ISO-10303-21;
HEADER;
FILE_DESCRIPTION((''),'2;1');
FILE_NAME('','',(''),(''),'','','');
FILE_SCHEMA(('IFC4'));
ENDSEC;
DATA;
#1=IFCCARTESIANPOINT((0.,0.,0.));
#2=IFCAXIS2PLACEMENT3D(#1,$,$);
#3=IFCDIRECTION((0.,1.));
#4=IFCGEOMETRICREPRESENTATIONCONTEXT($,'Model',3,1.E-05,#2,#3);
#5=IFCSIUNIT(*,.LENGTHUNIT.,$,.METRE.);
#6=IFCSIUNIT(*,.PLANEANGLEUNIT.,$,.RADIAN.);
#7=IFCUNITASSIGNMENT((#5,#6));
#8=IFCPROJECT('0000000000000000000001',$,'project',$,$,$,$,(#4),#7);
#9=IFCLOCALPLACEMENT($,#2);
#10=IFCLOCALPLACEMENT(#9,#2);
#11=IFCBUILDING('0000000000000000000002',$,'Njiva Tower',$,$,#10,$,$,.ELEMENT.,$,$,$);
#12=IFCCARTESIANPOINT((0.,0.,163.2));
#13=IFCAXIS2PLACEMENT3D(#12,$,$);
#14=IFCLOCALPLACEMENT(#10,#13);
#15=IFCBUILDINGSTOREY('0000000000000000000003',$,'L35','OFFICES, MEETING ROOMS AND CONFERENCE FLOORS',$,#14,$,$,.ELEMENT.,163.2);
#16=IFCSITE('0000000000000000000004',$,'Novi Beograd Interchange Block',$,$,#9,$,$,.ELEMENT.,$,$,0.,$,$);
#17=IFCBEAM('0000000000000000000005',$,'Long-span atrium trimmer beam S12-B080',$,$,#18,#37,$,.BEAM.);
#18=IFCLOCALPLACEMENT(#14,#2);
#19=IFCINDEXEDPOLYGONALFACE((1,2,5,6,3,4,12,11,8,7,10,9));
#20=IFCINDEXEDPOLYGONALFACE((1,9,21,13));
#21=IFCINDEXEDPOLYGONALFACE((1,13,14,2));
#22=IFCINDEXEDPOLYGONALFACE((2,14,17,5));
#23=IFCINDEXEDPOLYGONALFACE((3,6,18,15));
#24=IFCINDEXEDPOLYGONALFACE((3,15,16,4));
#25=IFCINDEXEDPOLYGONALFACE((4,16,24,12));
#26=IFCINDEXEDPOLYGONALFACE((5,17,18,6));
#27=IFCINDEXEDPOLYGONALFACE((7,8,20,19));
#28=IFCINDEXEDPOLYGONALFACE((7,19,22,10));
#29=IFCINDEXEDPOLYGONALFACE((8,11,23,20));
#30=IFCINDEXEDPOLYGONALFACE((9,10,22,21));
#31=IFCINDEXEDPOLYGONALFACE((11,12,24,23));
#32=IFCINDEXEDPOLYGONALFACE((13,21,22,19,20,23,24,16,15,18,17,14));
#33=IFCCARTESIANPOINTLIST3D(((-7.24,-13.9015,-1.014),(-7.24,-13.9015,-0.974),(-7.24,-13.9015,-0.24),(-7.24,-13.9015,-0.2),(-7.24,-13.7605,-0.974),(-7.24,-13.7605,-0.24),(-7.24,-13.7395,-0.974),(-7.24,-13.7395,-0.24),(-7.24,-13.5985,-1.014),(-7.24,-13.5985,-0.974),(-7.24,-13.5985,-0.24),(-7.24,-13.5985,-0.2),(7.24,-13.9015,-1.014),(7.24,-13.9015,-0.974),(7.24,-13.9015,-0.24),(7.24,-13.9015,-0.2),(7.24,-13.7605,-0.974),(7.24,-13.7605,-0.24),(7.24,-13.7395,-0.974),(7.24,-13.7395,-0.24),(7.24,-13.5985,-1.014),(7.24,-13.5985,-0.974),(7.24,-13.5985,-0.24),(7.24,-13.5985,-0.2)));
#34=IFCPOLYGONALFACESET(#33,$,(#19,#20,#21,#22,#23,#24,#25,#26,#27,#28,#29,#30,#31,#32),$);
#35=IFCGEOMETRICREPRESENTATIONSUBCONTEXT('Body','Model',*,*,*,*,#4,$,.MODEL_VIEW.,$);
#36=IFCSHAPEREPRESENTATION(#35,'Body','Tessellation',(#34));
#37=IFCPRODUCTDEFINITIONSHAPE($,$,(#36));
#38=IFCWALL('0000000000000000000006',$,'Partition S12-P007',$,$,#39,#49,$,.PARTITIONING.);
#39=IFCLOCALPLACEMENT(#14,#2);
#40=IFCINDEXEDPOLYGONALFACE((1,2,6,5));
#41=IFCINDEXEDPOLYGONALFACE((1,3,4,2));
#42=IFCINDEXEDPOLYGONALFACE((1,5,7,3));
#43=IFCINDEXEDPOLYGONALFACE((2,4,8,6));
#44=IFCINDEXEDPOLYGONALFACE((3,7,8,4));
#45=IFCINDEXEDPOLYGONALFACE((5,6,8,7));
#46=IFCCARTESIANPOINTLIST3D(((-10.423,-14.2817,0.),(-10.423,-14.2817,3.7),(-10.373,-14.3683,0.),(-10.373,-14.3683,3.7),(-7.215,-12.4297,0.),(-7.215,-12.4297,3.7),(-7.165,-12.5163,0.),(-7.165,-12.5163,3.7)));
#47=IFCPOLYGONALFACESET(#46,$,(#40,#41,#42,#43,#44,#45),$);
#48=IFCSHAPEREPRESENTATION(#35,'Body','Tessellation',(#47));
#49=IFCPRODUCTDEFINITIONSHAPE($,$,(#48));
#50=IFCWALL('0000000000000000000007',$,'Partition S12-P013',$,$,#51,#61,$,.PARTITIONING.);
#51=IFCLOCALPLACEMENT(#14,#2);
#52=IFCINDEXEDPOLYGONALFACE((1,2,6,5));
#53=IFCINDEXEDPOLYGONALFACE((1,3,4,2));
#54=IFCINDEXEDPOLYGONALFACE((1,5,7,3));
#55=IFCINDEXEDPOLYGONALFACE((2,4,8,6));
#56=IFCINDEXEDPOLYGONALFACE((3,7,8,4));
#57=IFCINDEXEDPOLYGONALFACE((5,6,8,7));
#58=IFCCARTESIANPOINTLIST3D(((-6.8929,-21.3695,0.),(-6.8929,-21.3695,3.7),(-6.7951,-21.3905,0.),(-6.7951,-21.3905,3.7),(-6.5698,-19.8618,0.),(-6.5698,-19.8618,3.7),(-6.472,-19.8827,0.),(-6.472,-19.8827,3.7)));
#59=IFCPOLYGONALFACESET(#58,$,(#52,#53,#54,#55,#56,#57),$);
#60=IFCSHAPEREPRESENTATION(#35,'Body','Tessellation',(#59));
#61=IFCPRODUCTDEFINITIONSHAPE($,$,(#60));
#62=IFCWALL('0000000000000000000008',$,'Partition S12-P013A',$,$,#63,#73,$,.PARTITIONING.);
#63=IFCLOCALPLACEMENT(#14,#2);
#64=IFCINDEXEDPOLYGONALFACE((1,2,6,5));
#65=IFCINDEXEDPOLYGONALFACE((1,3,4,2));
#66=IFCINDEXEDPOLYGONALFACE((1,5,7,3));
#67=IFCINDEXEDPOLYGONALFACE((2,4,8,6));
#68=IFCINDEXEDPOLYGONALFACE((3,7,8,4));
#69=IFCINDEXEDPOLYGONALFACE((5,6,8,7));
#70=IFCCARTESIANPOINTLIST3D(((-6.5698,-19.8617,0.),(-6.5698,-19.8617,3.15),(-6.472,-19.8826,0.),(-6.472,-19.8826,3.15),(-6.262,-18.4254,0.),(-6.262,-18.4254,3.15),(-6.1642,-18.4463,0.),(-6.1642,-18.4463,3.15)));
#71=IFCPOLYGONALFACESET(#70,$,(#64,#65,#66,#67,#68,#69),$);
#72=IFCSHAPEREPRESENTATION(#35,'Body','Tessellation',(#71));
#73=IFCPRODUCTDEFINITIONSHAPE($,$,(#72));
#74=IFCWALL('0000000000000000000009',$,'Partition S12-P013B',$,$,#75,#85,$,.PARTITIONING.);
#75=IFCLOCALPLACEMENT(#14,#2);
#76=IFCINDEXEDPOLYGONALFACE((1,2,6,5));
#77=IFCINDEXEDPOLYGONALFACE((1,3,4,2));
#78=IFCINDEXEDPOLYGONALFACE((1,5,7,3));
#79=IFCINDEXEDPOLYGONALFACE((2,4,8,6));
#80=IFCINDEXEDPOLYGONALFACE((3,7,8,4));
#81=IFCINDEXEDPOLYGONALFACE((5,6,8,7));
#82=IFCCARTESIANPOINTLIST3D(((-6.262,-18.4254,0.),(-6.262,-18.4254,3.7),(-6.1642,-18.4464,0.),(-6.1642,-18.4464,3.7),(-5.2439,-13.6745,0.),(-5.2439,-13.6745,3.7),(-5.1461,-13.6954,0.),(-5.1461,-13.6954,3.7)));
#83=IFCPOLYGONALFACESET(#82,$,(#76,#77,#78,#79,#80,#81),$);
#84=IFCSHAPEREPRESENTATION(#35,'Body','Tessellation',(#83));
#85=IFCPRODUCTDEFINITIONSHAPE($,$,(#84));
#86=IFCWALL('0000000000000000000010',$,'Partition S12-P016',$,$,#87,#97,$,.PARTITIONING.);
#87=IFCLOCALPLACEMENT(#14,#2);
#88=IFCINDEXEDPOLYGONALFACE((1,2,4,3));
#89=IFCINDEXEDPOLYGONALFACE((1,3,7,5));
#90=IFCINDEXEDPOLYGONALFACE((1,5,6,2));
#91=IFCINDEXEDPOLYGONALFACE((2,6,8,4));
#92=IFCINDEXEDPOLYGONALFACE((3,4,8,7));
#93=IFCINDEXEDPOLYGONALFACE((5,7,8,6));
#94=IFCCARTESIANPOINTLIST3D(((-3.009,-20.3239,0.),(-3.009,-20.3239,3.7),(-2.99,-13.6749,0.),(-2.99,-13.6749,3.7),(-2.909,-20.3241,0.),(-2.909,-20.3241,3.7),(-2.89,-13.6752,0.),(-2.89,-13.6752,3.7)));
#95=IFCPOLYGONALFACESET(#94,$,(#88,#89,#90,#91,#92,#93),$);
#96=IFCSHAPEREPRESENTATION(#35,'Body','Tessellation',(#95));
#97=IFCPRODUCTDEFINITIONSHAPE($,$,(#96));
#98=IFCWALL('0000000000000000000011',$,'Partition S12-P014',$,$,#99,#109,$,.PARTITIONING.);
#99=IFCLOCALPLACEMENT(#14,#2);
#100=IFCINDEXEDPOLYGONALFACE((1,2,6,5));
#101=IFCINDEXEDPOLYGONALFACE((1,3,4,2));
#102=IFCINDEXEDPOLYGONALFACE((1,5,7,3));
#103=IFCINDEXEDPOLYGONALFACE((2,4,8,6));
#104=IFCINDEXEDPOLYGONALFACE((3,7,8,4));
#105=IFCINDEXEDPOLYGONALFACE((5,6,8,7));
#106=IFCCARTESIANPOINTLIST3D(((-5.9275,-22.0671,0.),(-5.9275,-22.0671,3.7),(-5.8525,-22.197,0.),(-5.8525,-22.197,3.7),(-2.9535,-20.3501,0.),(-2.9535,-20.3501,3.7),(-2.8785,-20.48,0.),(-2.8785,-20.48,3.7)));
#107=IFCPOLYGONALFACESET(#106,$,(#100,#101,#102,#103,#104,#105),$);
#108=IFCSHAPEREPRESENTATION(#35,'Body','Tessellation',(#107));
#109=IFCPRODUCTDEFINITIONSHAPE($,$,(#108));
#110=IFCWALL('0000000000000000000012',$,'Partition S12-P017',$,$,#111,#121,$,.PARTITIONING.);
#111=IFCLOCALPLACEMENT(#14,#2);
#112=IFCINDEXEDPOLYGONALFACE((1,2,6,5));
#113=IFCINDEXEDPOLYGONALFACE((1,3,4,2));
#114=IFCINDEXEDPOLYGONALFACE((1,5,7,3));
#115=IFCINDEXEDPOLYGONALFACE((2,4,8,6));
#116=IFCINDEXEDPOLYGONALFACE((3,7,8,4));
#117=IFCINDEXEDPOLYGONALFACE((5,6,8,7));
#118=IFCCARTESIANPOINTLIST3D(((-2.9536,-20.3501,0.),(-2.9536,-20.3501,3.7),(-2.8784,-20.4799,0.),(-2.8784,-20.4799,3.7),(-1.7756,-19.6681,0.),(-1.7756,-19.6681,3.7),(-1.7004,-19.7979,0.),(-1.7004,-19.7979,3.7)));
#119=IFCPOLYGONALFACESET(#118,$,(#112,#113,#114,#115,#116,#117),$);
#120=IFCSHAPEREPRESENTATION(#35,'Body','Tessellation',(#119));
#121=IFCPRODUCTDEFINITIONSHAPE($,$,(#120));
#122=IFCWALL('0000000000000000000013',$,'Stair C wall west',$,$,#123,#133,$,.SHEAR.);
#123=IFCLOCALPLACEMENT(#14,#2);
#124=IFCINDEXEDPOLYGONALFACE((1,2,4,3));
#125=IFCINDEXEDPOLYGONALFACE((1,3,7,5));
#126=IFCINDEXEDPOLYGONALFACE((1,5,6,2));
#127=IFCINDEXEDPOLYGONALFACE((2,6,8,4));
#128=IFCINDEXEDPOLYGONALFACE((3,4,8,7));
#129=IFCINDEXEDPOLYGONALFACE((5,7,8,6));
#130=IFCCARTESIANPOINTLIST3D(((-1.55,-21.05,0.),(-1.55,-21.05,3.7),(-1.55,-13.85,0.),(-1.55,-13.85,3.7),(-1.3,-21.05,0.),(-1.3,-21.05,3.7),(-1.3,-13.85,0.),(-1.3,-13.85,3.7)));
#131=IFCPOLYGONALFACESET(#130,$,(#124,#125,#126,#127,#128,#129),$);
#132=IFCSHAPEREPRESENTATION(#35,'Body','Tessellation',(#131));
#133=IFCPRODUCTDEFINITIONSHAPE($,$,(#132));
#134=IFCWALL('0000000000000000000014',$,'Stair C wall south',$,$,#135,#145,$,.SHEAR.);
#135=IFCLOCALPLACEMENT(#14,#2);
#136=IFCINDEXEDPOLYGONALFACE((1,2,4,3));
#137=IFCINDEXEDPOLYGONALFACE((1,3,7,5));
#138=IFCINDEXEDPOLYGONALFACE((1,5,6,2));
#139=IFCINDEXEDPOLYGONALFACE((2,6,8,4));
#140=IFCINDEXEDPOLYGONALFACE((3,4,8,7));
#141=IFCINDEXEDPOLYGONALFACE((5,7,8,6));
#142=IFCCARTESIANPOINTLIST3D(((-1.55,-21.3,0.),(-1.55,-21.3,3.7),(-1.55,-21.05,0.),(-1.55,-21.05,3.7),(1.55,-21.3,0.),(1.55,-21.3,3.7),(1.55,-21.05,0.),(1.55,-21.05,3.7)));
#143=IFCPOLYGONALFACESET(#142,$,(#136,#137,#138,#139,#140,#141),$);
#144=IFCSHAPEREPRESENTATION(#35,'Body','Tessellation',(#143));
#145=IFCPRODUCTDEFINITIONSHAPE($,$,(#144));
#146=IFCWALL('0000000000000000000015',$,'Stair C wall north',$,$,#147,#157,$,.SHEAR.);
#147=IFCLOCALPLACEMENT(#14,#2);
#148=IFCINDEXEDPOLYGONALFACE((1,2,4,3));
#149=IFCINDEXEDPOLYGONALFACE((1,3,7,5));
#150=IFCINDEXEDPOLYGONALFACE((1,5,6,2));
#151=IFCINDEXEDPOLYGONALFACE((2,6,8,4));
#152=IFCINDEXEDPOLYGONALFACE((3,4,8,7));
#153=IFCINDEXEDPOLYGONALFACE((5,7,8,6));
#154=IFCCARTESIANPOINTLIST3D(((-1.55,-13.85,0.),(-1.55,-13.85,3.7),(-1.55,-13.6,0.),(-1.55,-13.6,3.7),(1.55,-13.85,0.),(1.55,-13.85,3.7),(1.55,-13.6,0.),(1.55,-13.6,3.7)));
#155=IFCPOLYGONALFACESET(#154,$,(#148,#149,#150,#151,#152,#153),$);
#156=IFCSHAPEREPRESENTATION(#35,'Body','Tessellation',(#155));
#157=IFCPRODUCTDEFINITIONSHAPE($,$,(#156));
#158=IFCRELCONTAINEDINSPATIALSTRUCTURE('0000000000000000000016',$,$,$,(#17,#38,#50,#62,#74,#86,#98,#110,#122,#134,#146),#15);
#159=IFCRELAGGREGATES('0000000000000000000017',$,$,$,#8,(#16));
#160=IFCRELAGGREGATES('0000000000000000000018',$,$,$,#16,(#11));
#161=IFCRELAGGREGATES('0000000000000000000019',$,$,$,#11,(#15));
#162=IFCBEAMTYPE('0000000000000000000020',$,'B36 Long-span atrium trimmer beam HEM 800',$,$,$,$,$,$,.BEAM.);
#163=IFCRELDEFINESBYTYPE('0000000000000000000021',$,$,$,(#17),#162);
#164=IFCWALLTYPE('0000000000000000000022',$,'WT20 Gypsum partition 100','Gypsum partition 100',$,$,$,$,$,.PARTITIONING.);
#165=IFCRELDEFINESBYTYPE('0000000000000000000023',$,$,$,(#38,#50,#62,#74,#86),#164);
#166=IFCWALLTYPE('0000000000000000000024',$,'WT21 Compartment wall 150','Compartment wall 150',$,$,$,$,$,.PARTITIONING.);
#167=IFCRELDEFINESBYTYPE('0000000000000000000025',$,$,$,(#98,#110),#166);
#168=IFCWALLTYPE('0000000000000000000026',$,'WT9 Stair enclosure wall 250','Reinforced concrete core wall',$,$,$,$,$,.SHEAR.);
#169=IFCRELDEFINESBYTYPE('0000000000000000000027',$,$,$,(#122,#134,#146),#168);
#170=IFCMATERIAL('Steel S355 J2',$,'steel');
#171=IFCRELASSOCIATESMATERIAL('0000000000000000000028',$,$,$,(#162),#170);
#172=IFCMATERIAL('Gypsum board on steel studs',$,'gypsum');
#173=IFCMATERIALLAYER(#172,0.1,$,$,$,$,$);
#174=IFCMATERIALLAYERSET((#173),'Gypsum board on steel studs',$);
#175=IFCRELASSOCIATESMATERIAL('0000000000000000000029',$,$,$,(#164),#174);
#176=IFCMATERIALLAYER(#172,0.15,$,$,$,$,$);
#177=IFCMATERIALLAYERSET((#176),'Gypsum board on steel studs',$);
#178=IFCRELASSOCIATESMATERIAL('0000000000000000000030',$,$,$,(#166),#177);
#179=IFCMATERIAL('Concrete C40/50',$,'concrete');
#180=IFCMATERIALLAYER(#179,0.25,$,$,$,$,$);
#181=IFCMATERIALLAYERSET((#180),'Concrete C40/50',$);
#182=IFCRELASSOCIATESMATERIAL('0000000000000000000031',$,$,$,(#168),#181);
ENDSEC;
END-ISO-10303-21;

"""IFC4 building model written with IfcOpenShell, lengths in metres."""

from ifc_helpers import new_model, si_unit, direction, frame, frame_2d, origin, origin_2d, place, context, subcontext, project, spatial, rectangle, i_section, extrude, material, layer, layer_set, material_profile, profile_set, type_object, element, save


model = new_model("IFC4")

# Units and contexts
model_context = context("Model", 3, precision=1e-05, world=origin(), true_north=direction((0.0, 1.0)))
body_context = subcontext(model_context, "Body", "Model", "MODEL_VIEW")
ifc_project = project(units=[si_unit("LENGTHUNIT", "METRE"), si_unit("PLANEANGLEUNIT", "RADIAN")], contexts=[model_context])

# Site, building, storey
site_placement = place(None, origin())
site = spatial("IfcSite", under=ifc_project, at=site_placement, Name="Novi Beograd Interchange Block", CompositionType="ELEMENT", RefElevation=0.0)
building_placement = place(site_placement, origin())
building = spatial("IfcBuilding", under=site, at=building_placement, Name="Njiva Tower", CompositionType="ELEMENT")
storey_placement = place(building_placement, frame((0.0, 0.0, 163.2)))
storey = spatial("IfcBuildingStorey", under=building, at=storey_placement, Name="L35", Description="OFFICES, MEETING ROOMS AND CONFERENCE FLOORS", CompositionType="ELEMENT", Elevation=163.2)

# Shared definitions
ifc_material_1 = material(Name="Steel S355 J2", Category="steel")

# Beam
ifc_material_profile_1 = material_profile(ifc_material_1, i_section(OverallWidth=0.303, OverallDepth=0.814, WebThickness=0.021, FlangeThickness=0.04, at=origin_2d()), Name="HEM 800")
ifc_profile_set_1 = profile_set([ifc_material_profile_1], Name="Steel S355 J2")
beam_type_1 = type_object("IfcBeamType", Name="B36 Long-span atrium trimmer beam HEM 800", PredefinedType="BEAM", material=ifc_profile_set_1)
beam_1_placement = place(storey_placement, frame((-7.24, -13.75, -0.607), z_axis=(1.0, 0.0, 0.0), x_axis=(0.0, 1.0, 0.0)))
element("IfcBeam", 1, at=beam_1_placement, inside=storey, type_object=beam_type_1, Name="Long-span atrium trimmer beam S12-B080", PredefinedType="BEAM", context=body_context, shape_type="SweptSolid", body=[
    extrude(i_section(OverallWidth=0.303, OverallDepth=0.814, WebThickness=0.021, FlangeThickness=0.04, at=origin_2d()), origin(), (0.0, 0.0, 1.0), 14.48),
])

# Walls
ifc_material_2 = material(Name="Gypsum board on steel studs", Category="gypsum")
ifc_layer_1 = layer(ifc_material_2, 0.1)
ifc_layer_set_1 = layer_set([ifc_layer_1], Name="Gypsum board on steel studs")
wall_type_1 = type_object("IfcWallType", Name="WT20 Gypsum partition 100", Description="Gypsum partition 100", PredefinedType="PARTITIONING", material=ifc_layer_set_1)
wall_1_placement = place(storey_placement, frame((-10.398, -14.325, 0.0), z_axis=(0.0, 0.0, 1.0), x_axis=(0.866042, 0.499972, 0.0)))
element("IfcWall", 2, at=wall_1_placement, inside=storey, type_object=wall_type_1, Name="Partition S12-P007", PredefinedType="PARTITIONING", context=body_context, shape_type="SweptSolid", body=[
    extrude(rectangle(XDim=3.7042, YDim=0.1, at=frame_2d((1.8521, 0.0))), origin(), (0.0, 0.0, 1.0), 3.7),
])
wall_2_placement = place(storey_placement, frame((-6.844, -21.38, 0.0), z_axis=(0.0, 0.0, 1.0), x_axis=(0.209529, 0.977802, 0.0)))
element("IfcWall", 3, at=wall_2_placement, inside=storey, type_object=wall_type_1, Name="Partition S12-P013", PredefinedType="PARTITIONING", context=body_context, shape_type="SweptSolid", body=[
    extrude(rectangle(XDim=1.542, YDim=0.1, at=frame_2d((0.771, 0.0))), origin(), (0.0, 0.0, 1.0), 3.7),
])
wall_3_placement = place(storey_placement, frame((-6.5209, -19.8722, 0.0), z_axis=(0.0, 0.0, 1.0), x_axis=(0.209543, 0.977799, 0.0)))
element("IfcWall", 4, at=wall_3_placement, inside=storey, type_object=wall_type_1, Name="Partition S12-P013A", PredefinedType="PARTITIONING", context=body_context, shape_type="SweptSolid", body=[
    extrude(rectangle(XDim=1.4689, YDim=0.1, at=frame_2d((0.7345, 0.0))), origin(), (0.0, 0.0, 1.0), 3.15),
])
wall_4_placement = place(storey_placement, frame((-6.2131, -18.4359, 0.0), z_axis=(0.0, 0.0, 1.0), x_axis=(0.209539, 0.9778, 0.0)))
element("IfcWall", 5, at=wall_4_placement, inside=storey, type_object=wall_type_1, Name="Partition S12-P013B", PredefinedType="PARTITIONING", context=body_context, shape_type="SweptSolid", body=[
    extrude(rectangle(XDim=4.8588, YDim=0.1, at=frame_2d((2.4294, 0.0))), origin(), (0.0, 0.0, 1.0), 3.7),
])
wall_5_placement = place(storey_placement, frame((-2.959, -20.324, 0.0), z_axis=(0.0, 0.0, 1.0), x_axis=(0.002858, 0.999996, 0.0)))
element("IfcWall", 6, at=wall_5_placement, inside=storey, type_object=wall_type_1, Name="Partition S12-P016", PredefinedType="PARTITIONING", context=body_context, shape_type="SweptSolid", body=[
    extrude(rectangle(XDim=6.649, YDim=0.1, at=frame_2d((3.3245, 0.0))), origin(), (0.0, 0.0, 1.0), 3.7),
])
ifc_layer_2 = layer(ifc_material_2, 0.15)
ifc_layer_set_2 = layer_set([ifc_layer_2], Name="Gypsum board on steel studs")
wall_type_2 = type_object("IfcWallType", Name="WT21 Compartment wall 150", Description="Compartment wall 150", PredefinedType="PARTITIONING", material=ifc_layer_set_2)
wall_6_placement = place(storey_placement, frame((-5.89, -22.132, 0.0), z_axis=(0.0, 0.0, 1.0), x_axis=(0.86603, 0.499991, 0.0)))
element("IfcWall", 7, at=wall_6_placement, inside=storey, type_object=wall_type_2, Name="Partition S12-P014", PredefinedType="PARTITIONING", context=body_context, shape_type="SweptSolid", body=[
    extrude(rectangle(XDim=3.4341, YDim=0.15, at=frame_2d((1.717, 0.0))), origin(), (0.0, 0.0, 1.0), 3.7),
])
wall_7_placement = place(storey_placement, frame((-2.916, -20.415, 0.0), z_axis=(0.0, 0.0, 1.0), x_axis=(0.865426, 0.501036, 0.0)))
element("IfcWall", 8, at=wall_7_placement, inside=storey, type_object=wall_type_2, Name="Partition S12-P017", PredefinedType="PARTITIONING", context=body_context, shape_type="SweptSolid", body=[
    extrude(rectangle(XDim=1.3612, YDim=0.15, at=frame_2d((0.6806, 0.0))), origin(), (0.0, 0.0, 1.0), 3.7),
])
ifc_material_3 = material(Name="Concrete C40/50", Category="concrete")
ifc_layer_3 = layer(ifc_material_3, 0.25)
ifc_layer_set_3 = layer_set([ifc_layer_3], Name="Concrete C40/50")
wall_type_3 = type_object("IfcWallType", Name="WT9 Stair enclosure wall 250", Description="Reinforced concrete core wall", PredefinedType="SHEAR", material=ifc_layer_set_3)
wall_8_placement = place(storey_placement, frame((-1.425, -21.05, 0.0), z_axis=(0.0, 0.0, 1.0), x_axis=(0.0, 1.0, 0.0)))
element("IfcWall", 9, at=wall_8_placement, inside=storey, type_object=wall_type_3, Name="Stair C wall west", PredefinedType="SHEAR", context=body_context, shape_type="SweptSolid", body=[
    extrude(rectangle(XDim=7.2, YDim=0.25, at=frame_2d((3.6, 0.0))), origin(), (0.0, 0.0, 1.0), 3.7),
])
for number, where, z_axis, x_axis, name in (
    (10, (-1.55, -21.175, 0.0), (0.0, 0.0, 1.0), (1.0, 0.0, 0.0), "Stair C wall south"),
    (11, (-1.55, -13.725, 0.0), (0.0, 0.0, 1.0), (1.0, 0.0, 0.0), "Stair C wall north"),
):
    element("IfcWall", number, at=place(storey_placement, frame(where, z_axis=z_axis, x_axis=x_axis)), inside=storey, type_object=wall_type_3, Name=name, PredefinedType="SHEAR", context=body_context, shape_type="SweptSolid", body=[
        extrude(rectangle(XDim=3.1, YDim=0.25, at=frame_2d((1.55, 0.0))), origin(), (0.0, 0.0, 1.0), 3.7),
    ])

save(model, "model.ifc")
